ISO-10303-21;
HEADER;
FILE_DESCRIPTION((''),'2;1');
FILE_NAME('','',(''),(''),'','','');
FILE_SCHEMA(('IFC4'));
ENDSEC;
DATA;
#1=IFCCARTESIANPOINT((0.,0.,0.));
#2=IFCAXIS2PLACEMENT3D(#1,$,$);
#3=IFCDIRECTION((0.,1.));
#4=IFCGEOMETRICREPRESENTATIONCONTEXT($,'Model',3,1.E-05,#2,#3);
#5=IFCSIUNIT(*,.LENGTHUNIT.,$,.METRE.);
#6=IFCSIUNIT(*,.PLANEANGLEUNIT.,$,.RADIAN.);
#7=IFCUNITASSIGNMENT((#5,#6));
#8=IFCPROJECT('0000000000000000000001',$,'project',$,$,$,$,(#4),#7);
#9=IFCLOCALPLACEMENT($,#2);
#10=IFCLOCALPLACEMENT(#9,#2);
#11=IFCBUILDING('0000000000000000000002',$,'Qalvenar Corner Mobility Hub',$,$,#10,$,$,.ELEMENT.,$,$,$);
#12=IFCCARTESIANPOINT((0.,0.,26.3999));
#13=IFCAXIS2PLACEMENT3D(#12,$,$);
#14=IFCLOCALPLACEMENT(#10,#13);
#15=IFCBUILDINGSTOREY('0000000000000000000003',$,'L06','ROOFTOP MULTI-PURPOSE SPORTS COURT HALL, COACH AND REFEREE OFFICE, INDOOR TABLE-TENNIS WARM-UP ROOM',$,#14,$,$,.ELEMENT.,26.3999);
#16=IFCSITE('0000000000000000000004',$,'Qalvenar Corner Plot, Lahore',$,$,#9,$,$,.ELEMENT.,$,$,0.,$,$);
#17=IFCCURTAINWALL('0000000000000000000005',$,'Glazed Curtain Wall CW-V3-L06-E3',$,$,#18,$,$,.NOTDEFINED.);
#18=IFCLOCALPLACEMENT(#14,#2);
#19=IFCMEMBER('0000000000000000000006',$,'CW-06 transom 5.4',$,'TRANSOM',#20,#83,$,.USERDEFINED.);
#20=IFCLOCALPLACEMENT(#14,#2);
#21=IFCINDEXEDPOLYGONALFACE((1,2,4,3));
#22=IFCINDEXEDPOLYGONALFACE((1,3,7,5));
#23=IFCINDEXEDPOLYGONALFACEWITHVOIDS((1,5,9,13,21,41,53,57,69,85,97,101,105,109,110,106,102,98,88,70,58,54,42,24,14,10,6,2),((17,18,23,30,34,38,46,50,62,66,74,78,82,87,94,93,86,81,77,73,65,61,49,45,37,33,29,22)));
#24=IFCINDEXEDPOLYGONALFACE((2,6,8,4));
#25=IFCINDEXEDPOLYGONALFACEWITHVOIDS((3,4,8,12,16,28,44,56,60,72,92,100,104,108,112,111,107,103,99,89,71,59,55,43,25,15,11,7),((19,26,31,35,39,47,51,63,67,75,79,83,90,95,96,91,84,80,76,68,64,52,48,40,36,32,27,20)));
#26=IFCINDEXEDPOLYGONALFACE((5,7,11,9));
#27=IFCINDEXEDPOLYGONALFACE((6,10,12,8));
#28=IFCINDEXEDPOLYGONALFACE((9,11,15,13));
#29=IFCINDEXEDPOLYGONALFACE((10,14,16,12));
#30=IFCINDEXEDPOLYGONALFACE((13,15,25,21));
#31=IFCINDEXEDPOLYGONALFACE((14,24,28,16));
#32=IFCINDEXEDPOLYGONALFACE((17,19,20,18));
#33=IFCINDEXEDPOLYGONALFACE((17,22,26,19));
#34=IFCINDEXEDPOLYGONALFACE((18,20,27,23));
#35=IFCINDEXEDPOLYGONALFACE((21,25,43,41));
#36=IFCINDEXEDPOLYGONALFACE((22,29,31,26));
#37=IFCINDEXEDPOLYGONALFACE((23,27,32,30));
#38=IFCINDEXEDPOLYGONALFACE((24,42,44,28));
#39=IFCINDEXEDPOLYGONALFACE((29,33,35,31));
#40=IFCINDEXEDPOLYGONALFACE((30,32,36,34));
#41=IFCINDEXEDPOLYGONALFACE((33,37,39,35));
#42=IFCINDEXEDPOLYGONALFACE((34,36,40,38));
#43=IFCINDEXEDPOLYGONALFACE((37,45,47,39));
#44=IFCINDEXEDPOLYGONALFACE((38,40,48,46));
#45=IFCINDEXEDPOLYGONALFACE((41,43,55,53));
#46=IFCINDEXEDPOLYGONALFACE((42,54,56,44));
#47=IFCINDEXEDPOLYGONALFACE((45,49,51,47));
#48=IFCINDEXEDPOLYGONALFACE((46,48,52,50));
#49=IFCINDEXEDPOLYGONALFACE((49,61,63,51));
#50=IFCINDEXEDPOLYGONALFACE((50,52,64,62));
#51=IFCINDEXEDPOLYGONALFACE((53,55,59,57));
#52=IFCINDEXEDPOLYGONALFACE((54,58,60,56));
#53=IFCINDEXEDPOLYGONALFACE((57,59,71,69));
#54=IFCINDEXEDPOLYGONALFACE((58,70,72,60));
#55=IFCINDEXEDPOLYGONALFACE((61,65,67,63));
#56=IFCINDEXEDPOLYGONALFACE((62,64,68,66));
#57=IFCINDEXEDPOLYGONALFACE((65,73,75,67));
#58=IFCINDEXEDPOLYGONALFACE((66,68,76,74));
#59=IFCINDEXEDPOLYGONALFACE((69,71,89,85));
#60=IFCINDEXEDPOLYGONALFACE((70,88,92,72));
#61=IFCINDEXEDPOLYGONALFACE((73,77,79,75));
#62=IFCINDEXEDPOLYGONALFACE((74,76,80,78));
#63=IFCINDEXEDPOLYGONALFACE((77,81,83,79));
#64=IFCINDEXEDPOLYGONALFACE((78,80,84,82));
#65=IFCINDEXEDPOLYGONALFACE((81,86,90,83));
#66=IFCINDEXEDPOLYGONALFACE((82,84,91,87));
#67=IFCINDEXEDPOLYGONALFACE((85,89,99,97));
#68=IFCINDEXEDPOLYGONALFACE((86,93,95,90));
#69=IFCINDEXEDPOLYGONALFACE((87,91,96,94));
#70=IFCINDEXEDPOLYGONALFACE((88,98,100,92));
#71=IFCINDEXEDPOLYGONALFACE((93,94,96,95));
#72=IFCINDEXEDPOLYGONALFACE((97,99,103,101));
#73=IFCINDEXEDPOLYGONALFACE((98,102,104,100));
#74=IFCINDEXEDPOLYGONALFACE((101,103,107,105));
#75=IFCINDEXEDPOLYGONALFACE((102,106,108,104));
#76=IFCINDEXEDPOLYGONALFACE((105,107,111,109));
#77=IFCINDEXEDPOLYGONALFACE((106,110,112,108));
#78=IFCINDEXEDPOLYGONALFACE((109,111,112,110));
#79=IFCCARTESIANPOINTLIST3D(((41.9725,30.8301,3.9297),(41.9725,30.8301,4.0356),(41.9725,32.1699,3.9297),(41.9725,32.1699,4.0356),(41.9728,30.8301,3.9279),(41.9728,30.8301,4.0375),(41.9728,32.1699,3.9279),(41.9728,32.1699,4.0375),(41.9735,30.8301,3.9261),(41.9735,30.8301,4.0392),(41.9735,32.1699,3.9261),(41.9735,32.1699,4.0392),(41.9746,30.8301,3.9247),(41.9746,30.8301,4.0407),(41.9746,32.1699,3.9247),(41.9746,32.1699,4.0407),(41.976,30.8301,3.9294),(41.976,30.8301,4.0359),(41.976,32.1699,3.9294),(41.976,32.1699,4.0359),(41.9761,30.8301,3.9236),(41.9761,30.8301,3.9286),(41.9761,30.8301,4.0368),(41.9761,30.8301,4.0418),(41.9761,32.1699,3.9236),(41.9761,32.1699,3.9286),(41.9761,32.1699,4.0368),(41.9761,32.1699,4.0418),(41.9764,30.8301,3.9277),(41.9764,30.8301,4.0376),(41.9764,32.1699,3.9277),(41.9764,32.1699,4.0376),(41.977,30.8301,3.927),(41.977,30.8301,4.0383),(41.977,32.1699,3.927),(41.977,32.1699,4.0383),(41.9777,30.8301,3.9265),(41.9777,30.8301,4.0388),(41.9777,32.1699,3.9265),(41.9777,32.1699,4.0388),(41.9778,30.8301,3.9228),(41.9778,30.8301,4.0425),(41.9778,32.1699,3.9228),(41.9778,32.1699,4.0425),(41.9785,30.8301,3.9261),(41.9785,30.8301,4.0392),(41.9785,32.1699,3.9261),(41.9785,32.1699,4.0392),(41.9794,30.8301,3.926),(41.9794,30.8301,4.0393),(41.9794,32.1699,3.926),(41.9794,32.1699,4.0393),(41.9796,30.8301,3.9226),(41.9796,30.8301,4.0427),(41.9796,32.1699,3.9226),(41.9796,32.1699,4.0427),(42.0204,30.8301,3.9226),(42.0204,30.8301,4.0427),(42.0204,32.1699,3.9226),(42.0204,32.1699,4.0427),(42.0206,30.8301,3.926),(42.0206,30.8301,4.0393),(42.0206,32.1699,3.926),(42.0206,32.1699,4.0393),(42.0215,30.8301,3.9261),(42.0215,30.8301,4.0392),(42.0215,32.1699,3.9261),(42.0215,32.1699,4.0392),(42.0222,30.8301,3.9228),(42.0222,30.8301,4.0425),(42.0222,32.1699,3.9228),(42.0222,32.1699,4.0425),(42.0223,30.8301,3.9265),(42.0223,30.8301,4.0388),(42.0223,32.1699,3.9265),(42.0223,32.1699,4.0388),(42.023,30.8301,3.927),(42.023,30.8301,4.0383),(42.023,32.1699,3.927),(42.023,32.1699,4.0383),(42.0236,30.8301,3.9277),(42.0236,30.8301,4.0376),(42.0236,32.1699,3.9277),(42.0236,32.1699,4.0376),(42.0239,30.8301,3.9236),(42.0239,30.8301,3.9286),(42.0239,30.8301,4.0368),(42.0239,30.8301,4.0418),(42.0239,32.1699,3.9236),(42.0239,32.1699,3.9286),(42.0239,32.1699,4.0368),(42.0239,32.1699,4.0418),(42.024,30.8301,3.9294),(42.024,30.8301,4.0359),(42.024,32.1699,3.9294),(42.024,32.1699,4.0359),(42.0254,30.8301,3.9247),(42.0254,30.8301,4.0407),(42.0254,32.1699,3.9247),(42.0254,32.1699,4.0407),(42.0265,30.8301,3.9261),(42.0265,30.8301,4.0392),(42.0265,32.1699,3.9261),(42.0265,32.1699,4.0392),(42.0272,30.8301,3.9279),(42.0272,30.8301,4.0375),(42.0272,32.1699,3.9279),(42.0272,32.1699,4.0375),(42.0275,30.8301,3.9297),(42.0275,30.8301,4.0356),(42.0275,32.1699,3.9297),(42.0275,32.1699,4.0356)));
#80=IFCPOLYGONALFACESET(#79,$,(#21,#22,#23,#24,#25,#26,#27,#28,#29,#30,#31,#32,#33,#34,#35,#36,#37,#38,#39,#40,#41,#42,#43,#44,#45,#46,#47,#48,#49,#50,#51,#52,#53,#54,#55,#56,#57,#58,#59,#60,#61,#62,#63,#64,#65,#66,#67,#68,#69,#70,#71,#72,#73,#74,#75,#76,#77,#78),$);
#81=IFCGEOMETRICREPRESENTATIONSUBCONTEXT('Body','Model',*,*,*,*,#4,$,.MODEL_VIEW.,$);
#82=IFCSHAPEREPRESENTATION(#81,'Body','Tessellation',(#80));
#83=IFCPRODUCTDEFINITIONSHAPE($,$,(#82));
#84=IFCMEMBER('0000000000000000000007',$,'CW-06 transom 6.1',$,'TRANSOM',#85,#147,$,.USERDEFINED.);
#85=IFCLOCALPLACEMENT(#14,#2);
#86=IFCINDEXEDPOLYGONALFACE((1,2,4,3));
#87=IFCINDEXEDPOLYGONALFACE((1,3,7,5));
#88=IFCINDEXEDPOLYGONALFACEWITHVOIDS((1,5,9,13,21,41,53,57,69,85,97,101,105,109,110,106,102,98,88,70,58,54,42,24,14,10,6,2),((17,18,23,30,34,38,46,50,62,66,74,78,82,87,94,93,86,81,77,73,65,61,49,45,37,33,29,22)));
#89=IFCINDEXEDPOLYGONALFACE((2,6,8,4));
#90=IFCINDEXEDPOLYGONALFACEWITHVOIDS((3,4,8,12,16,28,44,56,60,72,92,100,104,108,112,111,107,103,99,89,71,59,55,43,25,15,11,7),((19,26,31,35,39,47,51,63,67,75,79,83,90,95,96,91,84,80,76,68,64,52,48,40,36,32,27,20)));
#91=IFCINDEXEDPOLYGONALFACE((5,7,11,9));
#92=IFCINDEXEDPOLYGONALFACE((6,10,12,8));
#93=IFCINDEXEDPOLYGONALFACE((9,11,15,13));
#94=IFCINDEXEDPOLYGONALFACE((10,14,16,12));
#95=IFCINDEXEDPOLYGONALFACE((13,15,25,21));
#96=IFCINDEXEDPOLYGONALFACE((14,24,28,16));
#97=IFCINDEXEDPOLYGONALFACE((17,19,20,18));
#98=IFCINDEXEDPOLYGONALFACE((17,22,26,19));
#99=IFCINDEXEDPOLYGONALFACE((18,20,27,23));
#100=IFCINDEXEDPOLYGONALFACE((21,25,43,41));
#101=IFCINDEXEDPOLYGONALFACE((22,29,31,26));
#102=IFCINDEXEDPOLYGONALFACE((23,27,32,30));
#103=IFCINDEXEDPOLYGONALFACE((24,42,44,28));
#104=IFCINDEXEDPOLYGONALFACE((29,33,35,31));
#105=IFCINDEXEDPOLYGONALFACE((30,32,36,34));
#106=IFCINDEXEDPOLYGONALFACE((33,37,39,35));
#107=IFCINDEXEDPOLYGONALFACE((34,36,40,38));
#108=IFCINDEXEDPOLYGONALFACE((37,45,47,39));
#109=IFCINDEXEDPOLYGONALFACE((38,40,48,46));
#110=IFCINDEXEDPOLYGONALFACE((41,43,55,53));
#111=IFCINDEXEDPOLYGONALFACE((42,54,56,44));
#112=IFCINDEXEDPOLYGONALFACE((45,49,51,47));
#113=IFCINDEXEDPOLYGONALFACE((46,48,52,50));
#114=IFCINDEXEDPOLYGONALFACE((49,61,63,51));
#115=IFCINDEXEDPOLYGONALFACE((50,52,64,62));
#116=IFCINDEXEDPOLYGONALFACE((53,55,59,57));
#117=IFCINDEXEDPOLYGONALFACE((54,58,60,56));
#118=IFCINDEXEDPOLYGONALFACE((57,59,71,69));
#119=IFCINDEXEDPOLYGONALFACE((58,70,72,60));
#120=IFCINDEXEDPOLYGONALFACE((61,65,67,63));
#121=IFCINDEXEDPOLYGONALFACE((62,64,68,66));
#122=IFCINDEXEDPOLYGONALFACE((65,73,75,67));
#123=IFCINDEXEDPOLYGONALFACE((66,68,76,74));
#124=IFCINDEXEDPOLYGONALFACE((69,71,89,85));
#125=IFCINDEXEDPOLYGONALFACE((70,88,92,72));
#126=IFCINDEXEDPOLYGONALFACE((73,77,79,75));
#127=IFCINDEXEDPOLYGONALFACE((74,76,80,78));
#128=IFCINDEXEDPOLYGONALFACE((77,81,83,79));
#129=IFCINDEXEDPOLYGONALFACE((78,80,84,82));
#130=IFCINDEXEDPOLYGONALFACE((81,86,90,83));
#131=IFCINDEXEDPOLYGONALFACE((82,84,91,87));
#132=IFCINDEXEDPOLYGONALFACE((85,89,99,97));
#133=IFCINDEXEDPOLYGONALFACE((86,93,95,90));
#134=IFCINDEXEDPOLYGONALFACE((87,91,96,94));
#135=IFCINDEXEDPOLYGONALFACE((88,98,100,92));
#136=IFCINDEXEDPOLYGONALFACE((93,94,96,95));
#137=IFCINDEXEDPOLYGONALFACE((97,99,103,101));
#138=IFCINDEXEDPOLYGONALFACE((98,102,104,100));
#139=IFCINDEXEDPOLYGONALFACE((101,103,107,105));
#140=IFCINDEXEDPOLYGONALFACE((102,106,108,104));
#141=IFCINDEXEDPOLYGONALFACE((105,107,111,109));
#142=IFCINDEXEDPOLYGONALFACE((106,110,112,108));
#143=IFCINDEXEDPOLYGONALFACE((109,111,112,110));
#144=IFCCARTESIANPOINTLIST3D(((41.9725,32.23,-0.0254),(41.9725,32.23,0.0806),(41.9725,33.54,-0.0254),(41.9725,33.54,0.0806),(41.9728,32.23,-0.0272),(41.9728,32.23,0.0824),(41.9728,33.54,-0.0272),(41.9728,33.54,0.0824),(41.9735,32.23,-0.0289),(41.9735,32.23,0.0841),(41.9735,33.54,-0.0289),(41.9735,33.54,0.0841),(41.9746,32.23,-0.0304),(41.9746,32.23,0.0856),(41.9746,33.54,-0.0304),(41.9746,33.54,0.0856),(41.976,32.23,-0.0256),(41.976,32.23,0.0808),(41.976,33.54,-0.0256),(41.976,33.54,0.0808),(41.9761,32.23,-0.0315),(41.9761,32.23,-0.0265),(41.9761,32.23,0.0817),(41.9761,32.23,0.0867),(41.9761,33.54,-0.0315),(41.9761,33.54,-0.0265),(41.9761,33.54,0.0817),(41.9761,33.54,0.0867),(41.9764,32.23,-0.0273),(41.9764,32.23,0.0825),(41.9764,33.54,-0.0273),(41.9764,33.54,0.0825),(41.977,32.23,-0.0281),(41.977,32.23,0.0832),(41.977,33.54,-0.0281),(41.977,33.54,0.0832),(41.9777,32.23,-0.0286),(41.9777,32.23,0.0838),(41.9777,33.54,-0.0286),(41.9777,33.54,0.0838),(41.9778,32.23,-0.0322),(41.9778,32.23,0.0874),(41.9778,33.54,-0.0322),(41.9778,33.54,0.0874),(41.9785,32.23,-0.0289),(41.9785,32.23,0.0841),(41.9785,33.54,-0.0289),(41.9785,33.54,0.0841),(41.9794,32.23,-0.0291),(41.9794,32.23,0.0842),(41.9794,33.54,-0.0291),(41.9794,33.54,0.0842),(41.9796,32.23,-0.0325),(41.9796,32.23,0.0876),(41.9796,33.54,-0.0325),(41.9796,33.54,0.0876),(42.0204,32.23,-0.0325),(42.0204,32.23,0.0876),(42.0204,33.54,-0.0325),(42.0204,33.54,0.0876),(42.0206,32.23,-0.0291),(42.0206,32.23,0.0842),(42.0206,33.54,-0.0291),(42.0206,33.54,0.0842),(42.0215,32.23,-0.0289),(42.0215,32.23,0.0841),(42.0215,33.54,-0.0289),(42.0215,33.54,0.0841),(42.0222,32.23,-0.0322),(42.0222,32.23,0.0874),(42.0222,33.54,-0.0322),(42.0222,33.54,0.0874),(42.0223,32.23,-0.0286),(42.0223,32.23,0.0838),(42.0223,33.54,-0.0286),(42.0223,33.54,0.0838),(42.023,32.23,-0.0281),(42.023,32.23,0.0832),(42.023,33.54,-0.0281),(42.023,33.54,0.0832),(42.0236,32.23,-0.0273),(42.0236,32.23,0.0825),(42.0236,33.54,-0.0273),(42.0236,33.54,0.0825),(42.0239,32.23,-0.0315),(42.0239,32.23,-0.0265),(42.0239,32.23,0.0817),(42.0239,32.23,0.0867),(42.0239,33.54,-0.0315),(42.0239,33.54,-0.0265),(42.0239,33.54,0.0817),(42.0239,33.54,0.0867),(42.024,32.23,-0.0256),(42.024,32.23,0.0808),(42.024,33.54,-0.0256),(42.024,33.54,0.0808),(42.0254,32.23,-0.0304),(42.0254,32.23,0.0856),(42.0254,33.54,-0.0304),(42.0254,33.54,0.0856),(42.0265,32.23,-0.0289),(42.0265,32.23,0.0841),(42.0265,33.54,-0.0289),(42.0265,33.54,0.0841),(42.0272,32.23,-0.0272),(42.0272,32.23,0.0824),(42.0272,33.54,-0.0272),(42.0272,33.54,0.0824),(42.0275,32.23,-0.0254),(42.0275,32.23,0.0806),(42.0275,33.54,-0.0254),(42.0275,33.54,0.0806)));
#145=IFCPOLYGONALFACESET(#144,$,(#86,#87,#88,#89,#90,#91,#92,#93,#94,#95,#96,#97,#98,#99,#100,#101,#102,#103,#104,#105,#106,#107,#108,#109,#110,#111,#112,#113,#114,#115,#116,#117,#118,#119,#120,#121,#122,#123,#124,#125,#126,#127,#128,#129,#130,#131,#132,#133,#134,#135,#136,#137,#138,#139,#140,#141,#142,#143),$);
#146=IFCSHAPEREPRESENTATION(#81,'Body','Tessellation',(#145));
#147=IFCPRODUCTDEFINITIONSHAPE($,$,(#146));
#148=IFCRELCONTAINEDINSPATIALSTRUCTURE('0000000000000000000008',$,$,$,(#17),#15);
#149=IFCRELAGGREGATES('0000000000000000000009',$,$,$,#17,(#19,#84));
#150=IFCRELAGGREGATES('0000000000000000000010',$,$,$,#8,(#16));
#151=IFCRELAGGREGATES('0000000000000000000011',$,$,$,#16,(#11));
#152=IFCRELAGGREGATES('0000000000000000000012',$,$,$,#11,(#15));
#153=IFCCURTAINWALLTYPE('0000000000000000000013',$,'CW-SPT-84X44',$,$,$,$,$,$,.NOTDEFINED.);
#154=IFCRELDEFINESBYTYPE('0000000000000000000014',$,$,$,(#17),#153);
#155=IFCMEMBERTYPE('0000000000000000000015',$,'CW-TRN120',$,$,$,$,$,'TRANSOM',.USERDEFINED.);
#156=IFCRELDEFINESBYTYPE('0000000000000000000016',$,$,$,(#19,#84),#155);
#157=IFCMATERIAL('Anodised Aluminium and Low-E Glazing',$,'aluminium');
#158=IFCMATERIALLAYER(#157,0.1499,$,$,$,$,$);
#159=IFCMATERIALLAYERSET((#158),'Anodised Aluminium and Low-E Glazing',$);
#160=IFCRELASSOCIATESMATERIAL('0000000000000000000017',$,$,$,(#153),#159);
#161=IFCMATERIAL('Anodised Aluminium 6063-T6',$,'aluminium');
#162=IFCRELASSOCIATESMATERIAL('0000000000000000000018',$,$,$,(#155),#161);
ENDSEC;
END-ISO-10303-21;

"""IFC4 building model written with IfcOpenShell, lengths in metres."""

from ifc_helpers import new_model, si_unit, direction, frame, origin, origin_2d, place, context, subcontext, project, spatial, hollow_rectangle, extrude, material, layer, layer_set, material_profile, profile_set, type_object, element, aggregate, save


model = new_model("IFC4")

# Units and contexts
model_context = context("Model", 3, precision=1e-05, world=origin(), true_north=direction((0.0, 1.0)))
body_context = subcontext(model_context, "Body", "Model", "MODEL_VIEW")
ifc_project = project(units=[si_unit("LENGTHUNIT", "METRE"), si_unit("PLANEANGLEUNIT", "RADIAN")], contexts=[model_context])

# Site, building, storey
site_placement = place(None, origin())
site = spatial("IfcSite", under=ifc_project, at=site_placement, Name="Qalvenar Corner Plot, Lahore", CompositionType="ELEMENT", RefElevation=0.0)
building_placement = place(site_placement, origin())
building = spatial("IfcBuilding", under=site, at=building_placement, Name="Qalvenar Corner Mobility Hub", CompositionType="ELEMENT")
storey_placement = place(building_placement, frame((0.0, 0.0, 26.3999)))
storey = spatial("IfcBuildingStorey", under=building, at=storey_placement, Name="L06", Description="ROOFTOP MULTI-PURPOSE SPORTS COURT HALL, COACH AND REFEREE OFFICE, INDOOR TABLE-TENNIS WARM-UP ROOM", CompositionType="ELEMENT", Elevation=26.3999)

# Shared definitions
ifc_material_1 = material(Name="Anodised Aluminium and Low-E Glazing", Category="aluminium")
ifc_material_2 = material(Name="Anodised Aluminium 6063-T6", Category="aluminium")

# Curtain wall
ifc_layer_1 = layer(ifc_material_1, 0.1499)
ifc_layer_set_1 = layer_set([ifc_layer_1], Name="Anodised Aluminium and Low-E Glazing")
curtain_wall_type_1 = type_object("IfcCurtainWallType", Name="CW-SPT-84X44", PredefinedType="NOTDEFINED", material=ifc_layer_set_1)
curtain_wall_1_placement = place(storey_placement, origin())
curtain_wall_1 = element("IfcCurtainWall", 1, at=curtain_wall_1_placement, inside=storey, type_object=curtain_wall_type_1, Name="Glazed Curtain Wall CW-V3-L06-E3", PredefinedType="NOTDEFINED")

# Members
ifc_material_profile_1 = material_profile(ifc_material_2, hollow_rectangle(XDim=0.0549, YDim=0.1201, WallThickness=0.0034, InnerFilletRadius=0.0034, OuterFilletRadius=0.0071, at=origin_2d()), Name="RHS120x55x3.5")
ifc_profile_set_1 = profile_set([ifc_material_profile_1], Name="Anodised Aluminium 6063-T6")
member_type_1 = type_object("IfcMemberType", Name="CW-TRN120", ElementType="TRANSOM", PredefinedType="USERDEFINED", material=ifc_profile_set_1)
member_1_placement = place(storey_placement, frame((42.0, 30.8301, 3.9827), z_axis=(0.0, 1.0, 0.0), x_axis=(-1.0, 0.0, 0.0)))
member_1 = element("IfcMember", 2, at=member_1_placement, type_object=member_type_1, Name="CW-06 transom 5.4", ObjectType="TRANSOM", PredefinedType="USERDEFINED", context=body_context, shape_type="SweptSolid", body=[
    extrude(hollow_rectangle(XDim=0.0549, YDim=0.1201, WallThickness=0.0034, InnerFilletRadius=0.0034, OuterFilletRadius=0.0071, at=origin_2d()), origin(), (0.0, 0.0, 1.0), 1.3398),
])
member_2_placement = place(storey_placement, frame((42.0, 32.23, 0.0276), z_axis=(0.0, 1.0, 0.0), x_axis=(-1.0, 0.0, 0.0)))
member_2 = element("IfcMember", 3, at=member_2_placement, type_object=member_type_1, Name="CW-06 transom 6.1", ObjectType="TRANSOM", PredefinedType="USERDEFINED", context=body_context, shape_type="SweptSolid", body=[
    extrude(hollow_rectangle(XDim=0.0549, YDim=0.1201, WallThickness=0.0034, InnerFilletRadius=0.0034, OuterFilletRadius=0.0071, at=origin_2d()), origin(), (0.0, 0.0, 1.0), 1.3101),
])

aggregate(curtain_wall_1, [member_1, member_2])

save(model, "model.ifc")
